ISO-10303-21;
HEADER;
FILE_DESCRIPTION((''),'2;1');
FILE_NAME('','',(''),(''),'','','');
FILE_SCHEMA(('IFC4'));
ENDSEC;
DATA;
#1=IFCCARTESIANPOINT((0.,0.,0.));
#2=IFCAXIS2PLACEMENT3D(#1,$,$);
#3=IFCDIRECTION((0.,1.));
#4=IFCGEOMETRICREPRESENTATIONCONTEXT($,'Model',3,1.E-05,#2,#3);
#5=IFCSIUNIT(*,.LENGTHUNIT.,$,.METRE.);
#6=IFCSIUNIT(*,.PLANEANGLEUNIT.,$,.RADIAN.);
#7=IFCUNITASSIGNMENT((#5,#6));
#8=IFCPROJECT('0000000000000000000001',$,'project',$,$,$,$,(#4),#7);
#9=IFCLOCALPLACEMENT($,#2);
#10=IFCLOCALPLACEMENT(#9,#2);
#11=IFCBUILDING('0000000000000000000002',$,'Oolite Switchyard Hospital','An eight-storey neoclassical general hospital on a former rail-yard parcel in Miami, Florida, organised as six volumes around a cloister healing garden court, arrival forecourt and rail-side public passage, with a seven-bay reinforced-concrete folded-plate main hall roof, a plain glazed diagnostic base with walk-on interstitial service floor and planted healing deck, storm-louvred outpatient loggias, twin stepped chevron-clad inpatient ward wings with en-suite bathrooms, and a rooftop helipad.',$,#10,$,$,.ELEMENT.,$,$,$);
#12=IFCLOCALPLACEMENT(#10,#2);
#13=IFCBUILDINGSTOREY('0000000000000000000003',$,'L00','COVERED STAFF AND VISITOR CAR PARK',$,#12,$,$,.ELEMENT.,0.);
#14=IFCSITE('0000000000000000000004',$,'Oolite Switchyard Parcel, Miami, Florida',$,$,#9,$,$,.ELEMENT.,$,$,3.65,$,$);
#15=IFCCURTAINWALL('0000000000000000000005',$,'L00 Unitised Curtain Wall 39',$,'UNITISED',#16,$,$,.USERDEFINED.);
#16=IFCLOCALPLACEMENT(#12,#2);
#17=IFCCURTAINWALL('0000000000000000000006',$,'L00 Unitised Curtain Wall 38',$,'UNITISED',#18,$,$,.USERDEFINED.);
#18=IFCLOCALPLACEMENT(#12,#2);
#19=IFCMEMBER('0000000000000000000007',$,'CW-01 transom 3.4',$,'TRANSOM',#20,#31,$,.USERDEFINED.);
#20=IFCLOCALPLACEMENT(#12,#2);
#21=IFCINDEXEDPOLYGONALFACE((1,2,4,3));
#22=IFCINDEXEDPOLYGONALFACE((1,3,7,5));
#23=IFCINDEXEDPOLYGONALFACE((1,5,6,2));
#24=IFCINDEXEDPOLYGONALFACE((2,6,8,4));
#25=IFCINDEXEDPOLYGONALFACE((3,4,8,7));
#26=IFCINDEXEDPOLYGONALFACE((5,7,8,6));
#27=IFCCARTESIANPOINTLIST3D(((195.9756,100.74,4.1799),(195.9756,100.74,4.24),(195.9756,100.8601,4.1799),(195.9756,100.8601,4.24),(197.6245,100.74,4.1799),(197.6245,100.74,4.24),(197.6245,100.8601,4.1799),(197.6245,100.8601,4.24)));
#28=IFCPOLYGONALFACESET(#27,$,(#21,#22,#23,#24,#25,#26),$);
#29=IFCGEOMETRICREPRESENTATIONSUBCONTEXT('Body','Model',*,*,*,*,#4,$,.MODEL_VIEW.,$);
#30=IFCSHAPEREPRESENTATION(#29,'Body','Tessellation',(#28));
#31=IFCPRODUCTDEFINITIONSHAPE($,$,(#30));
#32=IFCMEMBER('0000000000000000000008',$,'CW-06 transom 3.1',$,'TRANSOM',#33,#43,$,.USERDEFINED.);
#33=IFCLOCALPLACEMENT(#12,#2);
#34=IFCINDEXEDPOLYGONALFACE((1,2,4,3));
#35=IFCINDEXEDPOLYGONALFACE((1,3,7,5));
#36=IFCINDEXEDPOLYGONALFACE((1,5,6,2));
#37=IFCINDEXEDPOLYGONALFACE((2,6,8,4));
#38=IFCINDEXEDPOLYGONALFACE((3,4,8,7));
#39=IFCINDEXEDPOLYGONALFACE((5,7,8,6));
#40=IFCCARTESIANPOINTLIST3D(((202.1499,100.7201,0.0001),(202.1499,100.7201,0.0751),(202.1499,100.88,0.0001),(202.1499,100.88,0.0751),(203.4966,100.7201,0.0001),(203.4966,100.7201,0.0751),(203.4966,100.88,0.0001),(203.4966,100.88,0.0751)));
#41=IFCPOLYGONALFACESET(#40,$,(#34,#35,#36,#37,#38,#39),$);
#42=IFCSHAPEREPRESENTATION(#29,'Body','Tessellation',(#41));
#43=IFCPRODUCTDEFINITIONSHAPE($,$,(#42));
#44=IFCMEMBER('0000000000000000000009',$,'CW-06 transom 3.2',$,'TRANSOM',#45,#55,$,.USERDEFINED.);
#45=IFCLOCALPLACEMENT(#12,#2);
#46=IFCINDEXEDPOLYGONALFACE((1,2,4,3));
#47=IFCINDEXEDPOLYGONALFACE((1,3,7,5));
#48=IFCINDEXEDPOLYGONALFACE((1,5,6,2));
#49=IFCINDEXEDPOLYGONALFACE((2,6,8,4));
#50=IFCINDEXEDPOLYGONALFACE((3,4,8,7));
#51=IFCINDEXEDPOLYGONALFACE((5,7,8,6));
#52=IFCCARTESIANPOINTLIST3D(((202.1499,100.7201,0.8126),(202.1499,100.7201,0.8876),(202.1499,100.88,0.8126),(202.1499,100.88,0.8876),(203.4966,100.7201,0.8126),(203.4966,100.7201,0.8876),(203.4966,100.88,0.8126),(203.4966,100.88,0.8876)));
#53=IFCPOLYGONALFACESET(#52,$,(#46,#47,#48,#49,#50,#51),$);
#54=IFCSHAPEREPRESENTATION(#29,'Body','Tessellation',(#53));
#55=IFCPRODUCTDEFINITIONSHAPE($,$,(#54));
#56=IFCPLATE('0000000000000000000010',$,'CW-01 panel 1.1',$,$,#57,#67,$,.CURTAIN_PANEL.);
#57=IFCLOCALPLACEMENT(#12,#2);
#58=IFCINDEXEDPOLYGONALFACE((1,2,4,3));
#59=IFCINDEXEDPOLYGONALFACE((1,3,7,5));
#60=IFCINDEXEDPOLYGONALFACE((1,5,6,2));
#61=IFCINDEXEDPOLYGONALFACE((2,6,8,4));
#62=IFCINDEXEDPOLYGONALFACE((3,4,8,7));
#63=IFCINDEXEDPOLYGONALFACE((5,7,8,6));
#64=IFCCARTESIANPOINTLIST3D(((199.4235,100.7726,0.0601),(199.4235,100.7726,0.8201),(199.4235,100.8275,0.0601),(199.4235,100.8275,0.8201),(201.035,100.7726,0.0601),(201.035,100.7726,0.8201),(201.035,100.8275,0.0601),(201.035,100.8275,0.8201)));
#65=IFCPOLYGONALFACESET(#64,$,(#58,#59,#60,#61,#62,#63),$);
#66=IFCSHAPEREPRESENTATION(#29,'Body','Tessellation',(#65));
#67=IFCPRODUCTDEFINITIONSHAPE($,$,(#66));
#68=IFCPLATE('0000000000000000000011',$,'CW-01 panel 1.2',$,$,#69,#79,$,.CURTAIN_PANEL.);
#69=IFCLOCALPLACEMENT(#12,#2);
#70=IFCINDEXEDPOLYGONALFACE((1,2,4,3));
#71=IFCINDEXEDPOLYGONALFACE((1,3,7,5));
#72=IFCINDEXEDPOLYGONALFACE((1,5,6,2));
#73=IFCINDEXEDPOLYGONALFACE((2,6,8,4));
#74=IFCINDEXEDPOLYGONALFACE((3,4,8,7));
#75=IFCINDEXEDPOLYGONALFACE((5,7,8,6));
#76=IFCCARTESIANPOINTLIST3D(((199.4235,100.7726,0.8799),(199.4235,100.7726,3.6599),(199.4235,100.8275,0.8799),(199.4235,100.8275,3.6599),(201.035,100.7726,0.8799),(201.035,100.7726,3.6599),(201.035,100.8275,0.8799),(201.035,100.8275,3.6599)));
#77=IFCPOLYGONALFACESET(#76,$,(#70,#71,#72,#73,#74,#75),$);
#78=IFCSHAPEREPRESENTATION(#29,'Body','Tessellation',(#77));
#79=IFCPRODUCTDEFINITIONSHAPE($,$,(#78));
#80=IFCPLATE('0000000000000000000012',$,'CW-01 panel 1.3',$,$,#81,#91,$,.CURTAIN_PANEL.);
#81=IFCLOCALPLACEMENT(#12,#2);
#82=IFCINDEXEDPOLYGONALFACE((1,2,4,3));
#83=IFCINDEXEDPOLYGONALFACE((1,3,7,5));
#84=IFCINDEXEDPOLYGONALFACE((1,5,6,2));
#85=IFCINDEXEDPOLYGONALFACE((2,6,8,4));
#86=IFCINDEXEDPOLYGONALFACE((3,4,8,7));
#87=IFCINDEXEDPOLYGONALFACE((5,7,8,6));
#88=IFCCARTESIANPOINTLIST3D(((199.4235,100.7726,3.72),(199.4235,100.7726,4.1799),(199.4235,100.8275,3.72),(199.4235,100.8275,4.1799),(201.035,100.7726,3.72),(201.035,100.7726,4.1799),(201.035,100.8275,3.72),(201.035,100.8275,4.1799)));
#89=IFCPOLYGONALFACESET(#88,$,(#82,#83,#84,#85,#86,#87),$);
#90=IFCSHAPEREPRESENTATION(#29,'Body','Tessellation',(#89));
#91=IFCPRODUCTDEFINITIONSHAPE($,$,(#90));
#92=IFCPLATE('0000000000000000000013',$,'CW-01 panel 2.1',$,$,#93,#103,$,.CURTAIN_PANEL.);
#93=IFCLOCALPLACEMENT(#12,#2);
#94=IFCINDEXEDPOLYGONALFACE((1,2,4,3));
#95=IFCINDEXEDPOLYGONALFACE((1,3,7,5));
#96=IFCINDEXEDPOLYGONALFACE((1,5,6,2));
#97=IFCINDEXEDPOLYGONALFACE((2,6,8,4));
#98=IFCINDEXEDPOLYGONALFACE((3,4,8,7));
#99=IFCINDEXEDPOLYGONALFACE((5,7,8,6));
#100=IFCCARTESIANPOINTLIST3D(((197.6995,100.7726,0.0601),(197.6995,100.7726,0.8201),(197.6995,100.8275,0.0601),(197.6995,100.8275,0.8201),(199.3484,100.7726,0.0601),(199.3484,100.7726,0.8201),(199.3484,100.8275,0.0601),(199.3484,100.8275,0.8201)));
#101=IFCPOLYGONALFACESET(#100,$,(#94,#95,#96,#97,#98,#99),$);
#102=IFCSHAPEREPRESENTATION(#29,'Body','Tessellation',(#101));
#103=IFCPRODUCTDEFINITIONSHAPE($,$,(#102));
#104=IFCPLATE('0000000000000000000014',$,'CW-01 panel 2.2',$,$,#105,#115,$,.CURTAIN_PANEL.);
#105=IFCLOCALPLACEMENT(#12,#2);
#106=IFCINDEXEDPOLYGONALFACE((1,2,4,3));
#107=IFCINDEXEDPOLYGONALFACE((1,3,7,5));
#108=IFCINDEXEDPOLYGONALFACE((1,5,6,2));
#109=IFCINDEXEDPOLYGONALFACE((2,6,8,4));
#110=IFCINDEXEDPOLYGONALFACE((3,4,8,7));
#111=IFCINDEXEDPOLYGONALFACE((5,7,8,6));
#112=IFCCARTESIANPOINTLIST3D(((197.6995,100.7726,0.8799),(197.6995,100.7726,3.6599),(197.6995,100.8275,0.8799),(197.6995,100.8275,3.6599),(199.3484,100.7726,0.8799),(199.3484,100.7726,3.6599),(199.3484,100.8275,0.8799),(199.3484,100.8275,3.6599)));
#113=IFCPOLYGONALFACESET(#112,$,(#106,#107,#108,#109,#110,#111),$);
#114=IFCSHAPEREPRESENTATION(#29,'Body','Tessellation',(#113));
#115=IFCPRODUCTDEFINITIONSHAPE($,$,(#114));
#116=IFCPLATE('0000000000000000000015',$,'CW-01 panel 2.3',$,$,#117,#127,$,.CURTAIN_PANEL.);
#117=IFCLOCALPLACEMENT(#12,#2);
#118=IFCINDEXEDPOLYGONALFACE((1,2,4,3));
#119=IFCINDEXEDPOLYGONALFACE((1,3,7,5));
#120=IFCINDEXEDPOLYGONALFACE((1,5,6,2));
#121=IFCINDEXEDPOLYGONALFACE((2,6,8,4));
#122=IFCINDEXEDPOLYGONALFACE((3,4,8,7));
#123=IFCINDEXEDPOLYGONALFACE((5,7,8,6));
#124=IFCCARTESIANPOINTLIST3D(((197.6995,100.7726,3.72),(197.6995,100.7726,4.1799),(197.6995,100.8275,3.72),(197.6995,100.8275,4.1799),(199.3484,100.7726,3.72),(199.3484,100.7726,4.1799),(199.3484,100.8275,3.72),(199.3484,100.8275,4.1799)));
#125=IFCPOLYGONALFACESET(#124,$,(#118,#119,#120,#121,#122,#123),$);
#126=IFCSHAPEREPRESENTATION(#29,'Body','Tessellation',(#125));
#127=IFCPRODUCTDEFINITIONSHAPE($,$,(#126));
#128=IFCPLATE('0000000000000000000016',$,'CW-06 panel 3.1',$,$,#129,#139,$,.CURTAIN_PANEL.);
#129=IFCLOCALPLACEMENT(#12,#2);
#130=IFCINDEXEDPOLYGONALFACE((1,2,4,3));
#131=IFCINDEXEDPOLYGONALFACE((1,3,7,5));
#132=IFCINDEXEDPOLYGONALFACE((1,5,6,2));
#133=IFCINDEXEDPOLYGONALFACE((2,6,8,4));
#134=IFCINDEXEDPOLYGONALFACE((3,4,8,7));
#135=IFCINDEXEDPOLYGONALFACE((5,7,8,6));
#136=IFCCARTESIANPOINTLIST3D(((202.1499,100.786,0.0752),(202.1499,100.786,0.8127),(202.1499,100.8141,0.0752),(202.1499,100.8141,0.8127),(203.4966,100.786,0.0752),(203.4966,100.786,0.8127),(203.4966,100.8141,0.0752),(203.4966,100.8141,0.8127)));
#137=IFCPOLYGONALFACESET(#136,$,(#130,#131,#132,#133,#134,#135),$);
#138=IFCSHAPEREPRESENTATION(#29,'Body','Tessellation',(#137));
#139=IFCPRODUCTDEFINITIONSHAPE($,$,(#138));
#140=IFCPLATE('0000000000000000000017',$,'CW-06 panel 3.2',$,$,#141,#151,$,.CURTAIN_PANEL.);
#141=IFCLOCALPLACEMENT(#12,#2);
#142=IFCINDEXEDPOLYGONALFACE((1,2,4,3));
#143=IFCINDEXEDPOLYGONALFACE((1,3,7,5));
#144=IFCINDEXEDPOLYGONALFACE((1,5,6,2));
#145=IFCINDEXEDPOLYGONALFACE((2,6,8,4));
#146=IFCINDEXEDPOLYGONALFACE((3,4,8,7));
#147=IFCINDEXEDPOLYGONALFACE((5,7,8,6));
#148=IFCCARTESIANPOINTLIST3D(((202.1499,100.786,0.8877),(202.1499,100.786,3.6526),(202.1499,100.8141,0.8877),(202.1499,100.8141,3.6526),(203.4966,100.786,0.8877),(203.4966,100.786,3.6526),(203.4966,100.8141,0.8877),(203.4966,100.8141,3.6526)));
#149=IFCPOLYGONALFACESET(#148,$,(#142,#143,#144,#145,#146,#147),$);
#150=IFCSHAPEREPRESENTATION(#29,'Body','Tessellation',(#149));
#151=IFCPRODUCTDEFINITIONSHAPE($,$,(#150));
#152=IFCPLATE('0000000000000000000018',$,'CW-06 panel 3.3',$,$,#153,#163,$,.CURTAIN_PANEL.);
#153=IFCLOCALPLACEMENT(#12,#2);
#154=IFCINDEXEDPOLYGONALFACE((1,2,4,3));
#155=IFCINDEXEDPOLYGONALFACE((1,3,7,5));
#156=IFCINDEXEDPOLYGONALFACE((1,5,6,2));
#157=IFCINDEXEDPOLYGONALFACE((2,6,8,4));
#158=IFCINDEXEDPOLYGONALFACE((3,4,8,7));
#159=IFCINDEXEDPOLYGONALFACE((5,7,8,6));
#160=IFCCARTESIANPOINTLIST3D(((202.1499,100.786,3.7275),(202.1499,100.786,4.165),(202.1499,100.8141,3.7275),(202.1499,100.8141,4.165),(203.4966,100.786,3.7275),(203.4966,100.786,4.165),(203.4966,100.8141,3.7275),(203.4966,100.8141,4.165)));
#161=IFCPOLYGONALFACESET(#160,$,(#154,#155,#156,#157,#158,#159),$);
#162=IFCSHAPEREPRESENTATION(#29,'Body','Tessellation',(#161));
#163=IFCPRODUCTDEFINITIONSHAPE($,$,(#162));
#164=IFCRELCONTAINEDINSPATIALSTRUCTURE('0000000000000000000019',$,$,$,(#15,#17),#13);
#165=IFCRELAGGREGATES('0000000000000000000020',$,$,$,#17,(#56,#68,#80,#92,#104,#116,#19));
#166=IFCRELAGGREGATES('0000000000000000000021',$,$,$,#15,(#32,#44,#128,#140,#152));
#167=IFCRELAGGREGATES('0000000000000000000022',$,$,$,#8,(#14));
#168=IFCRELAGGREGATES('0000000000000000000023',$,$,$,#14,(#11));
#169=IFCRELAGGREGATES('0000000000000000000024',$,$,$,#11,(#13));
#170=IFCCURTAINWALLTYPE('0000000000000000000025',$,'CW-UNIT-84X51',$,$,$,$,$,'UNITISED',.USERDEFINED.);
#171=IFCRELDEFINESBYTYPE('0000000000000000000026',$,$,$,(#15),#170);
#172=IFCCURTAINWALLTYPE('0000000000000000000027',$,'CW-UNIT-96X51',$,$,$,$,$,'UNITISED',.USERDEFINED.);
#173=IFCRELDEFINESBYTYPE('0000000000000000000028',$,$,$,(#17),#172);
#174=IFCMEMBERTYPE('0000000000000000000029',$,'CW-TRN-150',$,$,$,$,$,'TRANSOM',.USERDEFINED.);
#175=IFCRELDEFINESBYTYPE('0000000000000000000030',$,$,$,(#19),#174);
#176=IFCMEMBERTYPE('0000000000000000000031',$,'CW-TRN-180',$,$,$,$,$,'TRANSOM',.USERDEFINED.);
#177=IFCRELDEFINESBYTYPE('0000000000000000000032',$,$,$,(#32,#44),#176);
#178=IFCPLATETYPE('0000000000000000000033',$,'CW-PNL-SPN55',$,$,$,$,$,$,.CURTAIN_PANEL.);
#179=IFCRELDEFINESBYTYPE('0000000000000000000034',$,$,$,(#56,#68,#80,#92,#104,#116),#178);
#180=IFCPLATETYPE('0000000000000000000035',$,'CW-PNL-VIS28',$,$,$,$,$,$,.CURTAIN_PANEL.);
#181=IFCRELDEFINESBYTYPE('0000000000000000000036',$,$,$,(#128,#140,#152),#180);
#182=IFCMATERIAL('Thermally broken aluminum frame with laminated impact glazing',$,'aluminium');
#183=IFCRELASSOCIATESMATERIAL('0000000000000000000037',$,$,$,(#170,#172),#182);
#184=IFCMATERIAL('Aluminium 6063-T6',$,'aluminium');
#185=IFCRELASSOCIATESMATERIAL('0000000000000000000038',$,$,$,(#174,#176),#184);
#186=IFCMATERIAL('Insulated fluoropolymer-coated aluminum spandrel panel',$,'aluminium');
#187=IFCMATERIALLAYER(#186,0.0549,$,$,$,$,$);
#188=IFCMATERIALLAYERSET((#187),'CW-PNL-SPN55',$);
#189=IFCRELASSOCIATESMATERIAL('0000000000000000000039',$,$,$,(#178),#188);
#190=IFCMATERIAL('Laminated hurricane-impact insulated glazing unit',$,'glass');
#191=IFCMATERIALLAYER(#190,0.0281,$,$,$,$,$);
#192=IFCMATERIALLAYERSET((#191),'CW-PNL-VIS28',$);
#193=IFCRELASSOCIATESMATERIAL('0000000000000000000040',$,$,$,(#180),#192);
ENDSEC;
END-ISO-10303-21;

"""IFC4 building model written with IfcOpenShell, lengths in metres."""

from ifc_helpers import new_model, si_unit, direction, frame, origin, origin_2d, place, context, subcontext, project, spatial, rectangle, extrude, material, layer, layer_set, material_profile, profile_set, type_object, element, aggregate, save


model = new_model("IFC4")

# Units and contexts
model_context = context("Model", 3, precision=1e-05, world=origin(), true_north=direction((0.0, 1.0)))
body_context = subcontext(model_context, "Body", "Model", "MODEL_VIEW")
ifc_project = project(units=[si_unit("LENGTHUNIT", "METRE"), si_unit("PLANEANGLEUNIT", "RADIAN")], contexts=[model_context])

# Site, building, storey
site_placement = place(None, origin())
site = spatial("IfcSite", under=ifc_project, at=site_placement, Name="Oolite Switchyard Parcel, Miami, Florida", CompositionType="ELEMENT", RefElevation=3.65)
building_placement = place(site_placement, origin())
building = spatial("IfcBuilding", under=site, at=building_placement, Name="Oolite Switchyard Hospital", Description="An eight-storey neoclassical general hospital on a former rail-yard parcel in Miami, Florida, organised as six volumes around a cloister healing garden court, arrival forecourt and rail-side public passage, with a seven-bay reinforced-concrete folded-plate main hall roof, a plain glazed diagnostic base with walk-on interstitial service floor and planted healing deck, storm-louvred outpatient loggias, twin stepped chevron-clad inpatient ward wings with en-suite bathrooms, and a rooftop helipad.", CompositionType="ELEMENT")
storey_placement = place(building_placement, origin())
storey = spatial("IfcBuildingStorey", under=building, at=storey_placement, Name="L00", Description="COVERED STAFF AND VISITOR CAR PARK", CompositionType="ELEMENT", Elevation=0.0)

# Curtain wall
ifc_material_1 = material(Name="Thermally broken aluminum frame with laminated impact glazing", Category="aluminium")
curtain_wall_type_1 = type_object("IfcCurtainWallType", Name="CW-UNIT-84X51", ElementType="UNITISED", PredefinedType="USERDEFINED", material=ifc_material_1)
curtain_wall_1_placement = place(storey_placement, origin())
curtain_wall_1 = element("IfcCurtainWall", 1, at=curtain_wall_1_placement, inside=storey, type_object=curtain_wall_type_1, Name="L00 Unitised Curtain Wall 39", ObjectType="UNITISED", PredefinedType="USERDEFINED")
ifc_material_2 = material(Name="Aluminium 6063-T6", Category="aluminium")

# Curtain wall, member
curtain_wall_type_2 = type_object("IfcCurtainWallType", Name="CW-UNIT-96X51", ElementType="UNITISED", PredefinedType="USERDEFINED", material=ifc_material_1)
curtain_wall_2_placement = place(storey_placement, origin())
curtain_wall_2 = element("IfcCurtainWall", 2, at=curtain_wall_2_placement, inside=storey, type_object=curtain_wall_type_2, Name="L00 Unitised Curtain Wall 38", ObjectType="UNITISED", PredefinedType="USERDEFINED")
ifc_material_profile_1 = material_profile(ifc_material_2, rectangle(XDim=0.1201, YDim=0.0601, at=origin_2d()), Name="CWT60X120")
ifc_profile_set_1 = profile_set([ifc_material_profile_1], Name="Aluminium 6063-T6")
member_type_1 = type_object("IfcMemberType", Name="CW-TRN-150", ElementType="TRANSOM", PredefinedType="USERDEFINED", material=ifc_profile_set_1)
member_1_placement = place(storey_placement, frame((197.6245, 100.8, 4.21), z_axis=(-1.0, 0.0, 0.0), x_axis=(0.0, -1.0, 0.0)))
member_1 = element("IfcMember", 3, at=member_1_placement, type_object=member_type_1, Name="CW-01 transom 3.4", ObjectType="TRANSOM", PredefinedType="USERDEFINED", context=body_context, shape_type="SweptSolid", body=[
    extrude(rectangle(XDim=0.1201, YDim=0.0601, at=origin_2d()), origin(), (0.0, 0.0, 1.0), 1.6489),
])

# Members
ifc_material_profile_2 = material_profile(ifc_material_2, rectangle(XDim=0.1599, YDim=0.075, at=origin_2d()), Name="CWT75X160")
ifc_profile_set_2 = profile_set([ifc_material_profile_2], Name="Aluminium 6063-T6")
member_type_2 = type_object("IfcMemberType", Name="CW-TRN-180", ElementType="TRANSOM", PredefinedType="USERDEFINED", material=ifc_profile_set_2)
member_2_placement = place(storey_placement, frame((203.4966, 100.8, 0.0376), z_axis=(-1.0, 0.0, 0.0), x_axis=(0.0, -1.0, 0.0)))
member_2 = element("IfcMember", 4, at=member_2_placement, type_object=member_type_2, Name="CW-06 transom 3.1", ObjectType="TRANSOM", PredefinedType="USERDEFINED", context=body_context, shape_type="SweptSolid", body=[
    extrude(rectangle(XDim=0.1599, YDim=0.075, at=origin_2d()), origin(), (0.0, 0.0, 1.0), 1.3467),
])
member_3_placement = place(storey_placement, frame((203.4966, 100.8, 0.8501), z_axis=(-1.0, 0.0, 0.0), x_axis=(0.0, -1.0, 0.0)))
member_3 = element("IfcMember", 5, at=member_3_placement, type_object=member_type_2, Name="CW-06 transom 3.2", ObjectType="TRANSOM", PredefinedType="USERDEFINED", context=body_context, shape_type="SweptSolid", body=[
    extrude(rectangle(XDim=0.1599, YDim=0.075, at=origin_2d()), origin(), (0.0, 0.0, 1.0), 1.3467),
])

# Plates
ifc_material_3 = material(Name="Insulated fluoropolymer-coated aluminum spandrel panel", Category="aluminium")
ifc_layer_1 = layer(ifc_material_3, 0.0549)
ifc_layer_set_1 = layer_set([ifc_layer_1], Name="CW-PNL-SPN55")
plate_type_1 = type_object("IfcPlateType", Name="CW-PNL-SPN55", PredefinedType="CURTAIN_PANEL", material=ifc_layer_set_1)
plate_1_placement = place(storey_placement, frame((200.2292, 100.8, 0.0601), z_axis=(0.0, 0.0, 1.0), x_axis=(-1.0, 0.0, 0.0)))
plate_1 = element("IfcPlate", 6, at=plate_1_placement, type_object=plate_type_1, Name="CW-01 panel 1.1", PredefinedType="CURTAIN_PANEL", context=body_context, shape_type="SweptSolid", body=[
    extrude(rectangle(XDim=1.6116, YDim=0.0549, at=origin_2d()), origin(), (0.0, 0.0, 1.0), 0.76),
])
plate_2_placement = place(storey_placement, frame((200.2292, 100.8, 0.8799), z_axis=(0.0, 0.0, 1.0), x_axis=(-1.0, 0.0, 0.0)))
plate_2 = element("IfcPlate", 7, at=plate_2_placement, type_object=plate_type_1, Name="CW-01 panel 1.2", PredefinedType="CURTAIN_PANEL", context=body_context, shape_type="SweptSolid", body=[
    extrude(rectangle(XDim=1.6116, YDim=0.0549, at=origin_2d()), origin(), (0.0, 0.0, 1.0), 2.78),
])
plate_3_placement = place(storey_placement, frame((200.2292, 100.8, 3.72), z_axis=(0.0, 0.0, 1.0), x_axis=(-1.0, 0.0, 0.0)))
plate_3 = element("IfcPlate", 8, at=plate_3_placement, type_object=plate_type_1, Name="CW-01 panel 1.3", PredefinedType="CURTAIN_PANEL", context=body_context, shape_type="SweptSolid", body=[
    extrude(rectangle(XDim=1.6116, YDim=0.0549, at=origin_2d()), origin(), (0.0, 0.0, 1.0), 0.46),
])
plate_4_placement = place(storey_placement, frame((198.5239, 100.8, 0.0601), z_axis=(0.0, 0.0, 1.0), x_axis=(-1.0, 0.0, 0.0)))
plate_4 = element("IfcPlate", 9, at=plate_4_placement, type_object=plate_type_1, Name="CW-01 panel 2.1", PredefinedType="CURTAIN_PANEL", context=body_context, shape_type="SweptSolid", body=[
    extrude(rectangle(XDim=1.6489, YDim=0.0549, at=origin_2d()), origin(), (0.0, 0.0, 1.0), 0.76),
])
plate_5_placement = place(storey_placement, frame((198.5239, 100.8, 0.8799), z_axis=(0.0, 0.0, 1.0), x_axis=(-1.0, 0.0, 0.0)))
plate_5 = element("IfcPlate", 10, at=plate_5_placement, type_object=plate_type_1, Name="CW-01 panel 2.2", PredefinedType="CURTAIN_PANEL", context=body_context, shape_type="SweptSolid", body=[
    extrude(rectangle(XDim=1.6489, YDim=0.0549, at=origin_2d()), origin(), (0.0, 0.0, 1.0), 2.78),
])
plate_6_placement = place(storey_placement, frame((198.5239, 100.8, 3.72), z_axis=(0.0, 0.0, 1.0), x_axis=(-1.0, 0.0, 0.0)))
plate_6 = element("IfcPlate", 11, at=plate_6_placement, type_object=plate_type_1, Name="CW-01 panel 2.3", PredefinedType="CURTAIN_PANEL", context=body_context, shape_type="SweptSolid", body=[
    extrude(rectangle(XDim=1.6489, YDim=0.0549, at=origin_2d()), origin(), (0.0, 0.0, 1.0), 0.46),
])
aggregate(curtain_wall_2, [plate_1, plate_2, plate_3, plate_4, plate_5, plate_6, member_1])
ifc_material_4 = material(Name="Laminated hurricane-impact insulated glazing unit", Category="glass")
ifc_layer_2 = layer(ifc_material_4, 0.0281)
ifc_layer_set_2 = layer_set([ifc_layer_2], Name="CW-PNL-VIS28")
plate_type_2 = type_object("IfcPlateType", Name="CW-PNL-VIS28", PredefinedType="CURTAIN_PANEL", material=ifc_layer_set_2)
plate_7_placement = place(storey_placement, frame((202.8232, 100.8, 0.0752), z_axis=(0.0, 0.0, 1.0), x_axis=(-1.0, 0.0, 0.0)))
plate_7 = element("IfcPlate", 12, at=plate_7_placement, type_object=plate_type_2, Name="CW-06 panel 3.1", PredefinedType="CURTAIN_PANEL", context=body_context, shape_type="SweptSolid", body=[
    extrude(rectangle(XDim=1.3467, YDim=0.0281, at=origin_2d()), origin(), (0.0, 0.0, 1.0), 0.7375),
])
plate_8_placement = place(storey_placement, frame((202.8232, 100.8, 0.8877), z_axis=(0.0, 0.0, 1.0), x_axis=(-1.0, 0.0, 0.0)))
plate_8 = element("IfcPlate", 13, at=plate_8_placement, type_object=plate_type_2, Name="CW-06 panel 3.2", PredefinedType="CURTAIN_PANEL", context=body_context, shape_type="SweptSolid", body=[
    extrude(rectangle(XDim=1.3467, YDim=0.0281, at=origin_2d()), origin(), (0.0, 0.0, 1.0), 2.7649),
])
plate_9_placement = place(storey_placement, frame((202.8232, 100.8, 3.7275), z_axis=(0.0, 0.0, 1.0), x_axis=(-1.0, 0.0, 0.0)))
plate_9 = element("IfcPlate", 14, at=plate_9_placement, type_object=plate_type_2, Name="CW-06 panel 3.3", PredefinedType="CURTAIN_PANEL", context=body_context, shape_type="SweptSolid", body=[
    extrude(rectangle(XDim=1.3467, YDim=0.0281, at=origin_2d()), origin(), (0.0, 0.0, 1.0), 0.4375),
])
aggregate(curtain_wall_1, [member_2, member_3, plate_7, plate_8, plate_9])

save(model, "model.ifc")
